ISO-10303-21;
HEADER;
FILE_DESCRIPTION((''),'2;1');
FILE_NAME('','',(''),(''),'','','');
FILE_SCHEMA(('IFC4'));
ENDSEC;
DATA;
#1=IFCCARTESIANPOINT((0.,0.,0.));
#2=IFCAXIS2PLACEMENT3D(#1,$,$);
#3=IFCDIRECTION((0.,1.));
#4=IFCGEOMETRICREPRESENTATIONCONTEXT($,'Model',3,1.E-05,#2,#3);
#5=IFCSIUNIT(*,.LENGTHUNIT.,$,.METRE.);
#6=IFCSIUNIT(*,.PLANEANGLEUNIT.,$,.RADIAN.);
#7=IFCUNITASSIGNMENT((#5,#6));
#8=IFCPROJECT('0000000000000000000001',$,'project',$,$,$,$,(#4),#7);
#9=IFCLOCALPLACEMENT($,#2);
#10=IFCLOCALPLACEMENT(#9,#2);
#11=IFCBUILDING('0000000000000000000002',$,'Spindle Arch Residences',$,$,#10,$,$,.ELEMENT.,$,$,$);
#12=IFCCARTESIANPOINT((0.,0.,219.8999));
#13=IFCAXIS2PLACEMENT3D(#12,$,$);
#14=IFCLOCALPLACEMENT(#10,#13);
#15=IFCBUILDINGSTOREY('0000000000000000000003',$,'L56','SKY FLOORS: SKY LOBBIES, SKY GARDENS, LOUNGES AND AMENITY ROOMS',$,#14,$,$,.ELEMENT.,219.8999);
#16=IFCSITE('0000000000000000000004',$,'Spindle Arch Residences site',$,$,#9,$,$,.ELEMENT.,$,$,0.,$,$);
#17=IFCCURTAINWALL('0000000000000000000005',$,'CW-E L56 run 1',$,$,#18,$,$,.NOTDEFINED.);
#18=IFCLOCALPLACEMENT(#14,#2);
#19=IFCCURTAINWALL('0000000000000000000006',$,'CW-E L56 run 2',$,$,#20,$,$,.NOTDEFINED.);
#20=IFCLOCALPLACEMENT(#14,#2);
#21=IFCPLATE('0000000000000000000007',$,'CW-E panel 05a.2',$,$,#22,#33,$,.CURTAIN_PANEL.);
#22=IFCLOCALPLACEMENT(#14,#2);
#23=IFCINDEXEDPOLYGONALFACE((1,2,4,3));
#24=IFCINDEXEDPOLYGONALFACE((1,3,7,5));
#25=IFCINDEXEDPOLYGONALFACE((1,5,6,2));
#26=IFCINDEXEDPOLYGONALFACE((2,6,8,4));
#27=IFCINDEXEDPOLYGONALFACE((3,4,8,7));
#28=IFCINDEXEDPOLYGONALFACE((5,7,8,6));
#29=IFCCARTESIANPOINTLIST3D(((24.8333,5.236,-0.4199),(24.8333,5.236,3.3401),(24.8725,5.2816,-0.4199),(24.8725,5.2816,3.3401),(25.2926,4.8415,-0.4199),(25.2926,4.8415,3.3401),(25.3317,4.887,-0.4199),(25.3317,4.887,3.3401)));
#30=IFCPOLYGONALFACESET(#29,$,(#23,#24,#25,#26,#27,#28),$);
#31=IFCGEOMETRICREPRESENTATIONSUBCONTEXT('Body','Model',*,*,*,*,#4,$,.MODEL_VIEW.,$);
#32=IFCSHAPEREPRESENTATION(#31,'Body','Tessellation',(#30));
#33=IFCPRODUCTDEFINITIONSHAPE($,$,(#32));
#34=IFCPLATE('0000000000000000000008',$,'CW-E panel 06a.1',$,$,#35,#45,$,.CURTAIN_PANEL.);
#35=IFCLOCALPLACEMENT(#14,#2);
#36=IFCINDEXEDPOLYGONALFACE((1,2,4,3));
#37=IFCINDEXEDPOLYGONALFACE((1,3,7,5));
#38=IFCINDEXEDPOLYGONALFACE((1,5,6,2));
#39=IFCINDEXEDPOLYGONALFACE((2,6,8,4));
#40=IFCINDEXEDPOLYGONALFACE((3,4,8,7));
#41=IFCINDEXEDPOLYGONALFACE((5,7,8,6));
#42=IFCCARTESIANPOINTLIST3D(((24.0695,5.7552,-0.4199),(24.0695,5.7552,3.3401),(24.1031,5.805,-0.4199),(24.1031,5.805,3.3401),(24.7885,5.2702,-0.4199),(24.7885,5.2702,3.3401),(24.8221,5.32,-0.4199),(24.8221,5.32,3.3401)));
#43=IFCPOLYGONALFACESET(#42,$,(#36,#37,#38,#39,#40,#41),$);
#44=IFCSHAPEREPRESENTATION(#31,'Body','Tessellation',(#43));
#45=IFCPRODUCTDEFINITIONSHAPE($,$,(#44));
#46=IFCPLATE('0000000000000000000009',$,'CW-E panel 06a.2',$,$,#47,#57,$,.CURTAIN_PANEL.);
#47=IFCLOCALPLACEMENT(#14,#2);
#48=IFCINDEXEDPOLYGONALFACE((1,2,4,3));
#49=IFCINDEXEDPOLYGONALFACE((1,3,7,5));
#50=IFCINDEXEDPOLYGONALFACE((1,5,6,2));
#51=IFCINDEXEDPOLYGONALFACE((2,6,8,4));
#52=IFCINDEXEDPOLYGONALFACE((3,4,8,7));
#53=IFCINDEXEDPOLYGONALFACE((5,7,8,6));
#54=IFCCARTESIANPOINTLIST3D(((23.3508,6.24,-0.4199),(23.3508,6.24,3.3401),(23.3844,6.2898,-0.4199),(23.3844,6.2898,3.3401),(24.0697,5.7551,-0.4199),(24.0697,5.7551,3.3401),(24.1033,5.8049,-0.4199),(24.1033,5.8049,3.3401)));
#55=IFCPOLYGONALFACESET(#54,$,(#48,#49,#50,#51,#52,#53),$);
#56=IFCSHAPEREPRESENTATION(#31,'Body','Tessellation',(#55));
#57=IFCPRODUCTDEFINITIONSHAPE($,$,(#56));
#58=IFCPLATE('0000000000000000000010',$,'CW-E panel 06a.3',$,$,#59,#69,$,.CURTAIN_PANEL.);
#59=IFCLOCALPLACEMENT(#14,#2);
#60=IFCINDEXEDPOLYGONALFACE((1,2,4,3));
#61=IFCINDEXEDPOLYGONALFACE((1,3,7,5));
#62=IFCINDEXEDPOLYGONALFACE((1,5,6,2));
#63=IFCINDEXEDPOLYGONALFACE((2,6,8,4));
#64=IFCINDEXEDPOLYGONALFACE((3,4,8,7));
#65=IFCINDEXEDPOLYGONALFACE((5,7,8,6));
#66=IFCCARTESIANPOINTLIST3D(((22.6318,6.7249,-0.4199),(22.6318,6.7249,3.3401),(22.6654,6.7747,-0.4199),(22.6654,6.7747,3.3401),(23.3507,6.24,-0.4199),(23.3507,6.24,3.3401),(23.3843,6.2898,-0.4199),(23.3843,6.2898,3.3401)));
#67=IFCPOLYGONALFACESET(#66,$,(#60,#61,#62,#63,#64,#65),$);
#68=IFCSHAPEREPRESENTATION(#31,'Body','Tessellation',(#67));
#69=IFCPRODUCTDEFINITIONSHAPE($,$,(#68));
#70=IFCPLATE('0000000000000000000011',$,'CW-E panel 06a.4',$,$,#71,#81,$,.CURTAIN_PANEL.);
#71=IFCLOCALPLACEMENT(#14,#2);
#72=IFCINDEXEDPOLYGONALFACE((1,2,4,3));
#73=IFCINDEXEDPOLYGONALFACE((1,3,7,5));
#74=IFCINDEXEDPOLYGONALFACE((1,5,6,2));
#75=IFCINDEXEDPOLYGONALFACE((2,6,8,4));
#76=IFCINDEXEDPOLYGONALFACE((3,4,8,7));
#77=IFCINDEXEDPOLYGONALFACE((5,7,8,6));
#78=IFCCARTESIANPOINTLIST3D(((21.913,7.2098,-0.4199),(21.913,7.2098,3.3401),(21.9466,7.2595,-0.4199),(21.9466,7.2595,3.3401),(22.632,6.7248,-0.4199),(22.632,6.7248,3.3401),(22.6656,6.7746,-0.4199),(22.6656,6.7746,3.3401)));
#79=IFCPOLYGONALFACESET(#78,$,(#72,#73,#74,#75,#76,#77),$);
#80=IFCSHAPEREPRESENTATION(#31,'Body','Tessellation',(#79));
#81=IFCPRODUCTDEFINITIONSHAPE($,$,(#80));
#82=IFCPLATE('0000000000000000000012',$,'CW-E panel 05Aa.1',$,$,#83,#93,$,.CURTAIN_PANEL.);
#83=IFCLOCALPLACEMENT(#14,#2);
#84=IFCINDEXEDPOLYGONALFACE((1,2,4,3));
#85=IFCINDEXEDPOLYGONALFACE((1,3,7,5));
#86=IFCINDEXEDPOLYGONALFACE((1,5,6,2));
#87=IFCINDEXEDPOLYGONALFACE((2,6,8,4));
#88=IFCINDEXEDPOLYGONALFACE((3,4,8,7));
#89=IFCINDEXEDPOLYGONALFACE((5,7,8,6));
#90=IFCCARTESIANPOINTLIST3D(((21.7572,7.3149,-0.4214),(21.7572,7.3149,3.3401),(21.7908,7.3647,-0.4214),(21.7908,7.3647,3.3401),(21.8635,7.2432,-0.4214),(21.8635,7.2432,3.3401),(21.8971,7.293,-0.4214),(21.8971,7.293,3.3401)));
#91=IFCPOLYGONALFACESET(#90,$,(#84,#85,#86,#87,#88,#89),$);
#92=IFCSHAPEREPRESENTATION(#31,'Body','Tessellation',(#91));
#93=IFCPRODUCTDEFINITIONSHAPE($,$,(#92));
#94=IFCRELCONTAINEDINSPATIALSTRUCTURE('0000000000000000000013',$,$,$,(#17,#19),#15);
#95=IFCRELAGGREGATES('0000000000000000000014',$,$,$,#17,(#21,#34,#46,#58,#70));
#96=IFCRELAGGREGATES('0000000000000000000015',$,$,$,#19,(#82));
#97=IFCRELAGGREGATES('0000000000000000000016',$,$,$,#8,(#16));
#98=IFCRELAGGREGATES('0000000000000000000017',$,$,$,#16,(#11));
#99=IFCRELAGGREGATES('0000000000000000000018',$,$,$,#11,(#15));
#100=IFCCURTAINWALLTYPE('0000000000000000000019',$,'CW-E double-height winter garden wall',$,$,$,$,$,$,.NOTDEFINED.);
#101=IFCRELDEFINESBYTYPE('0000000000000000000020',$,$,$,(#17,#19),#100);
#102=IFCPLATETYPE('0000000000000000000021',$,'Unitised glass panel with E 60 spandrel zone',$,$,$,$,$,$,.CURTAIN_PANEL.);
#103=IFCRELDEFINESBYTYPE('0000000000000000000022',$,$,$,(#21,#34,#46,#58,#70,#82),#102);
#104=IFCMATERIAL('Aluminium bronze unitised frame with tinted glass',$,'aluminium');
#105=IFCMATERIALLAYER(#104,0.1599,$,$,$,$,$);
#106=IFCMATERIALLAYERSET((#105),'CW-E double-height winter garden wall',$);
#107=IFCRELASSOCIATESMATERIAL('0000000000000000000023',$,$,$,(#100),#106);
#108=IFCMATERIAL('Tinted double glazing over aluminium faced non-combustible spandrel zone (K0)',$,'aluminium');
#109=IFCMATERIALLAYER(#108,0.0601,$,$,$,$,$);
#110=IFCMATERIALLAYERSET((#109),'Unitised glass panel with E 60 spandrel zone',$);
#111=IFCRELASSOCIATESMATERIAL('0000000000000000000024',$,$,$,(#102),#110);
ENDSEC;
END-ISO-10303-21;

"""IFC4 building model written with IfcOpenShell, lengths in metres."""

from ifc_helpers import new_model, si_unit, direction, frame, origin, origin_2d, place, context, subcontext, project, spatial, rectangle, extrude, material, layer, layer_set, type_object, element, aggregate, save


model = new_model("IFC4")

# Units and contexts
model_context = context("Model", 3, precision=1e-05, world=origin(), true_north=direction((0.0, 1.0)))
body_context = subcontext(model_context, "Body", "Model", "MODEL_VIEW")
ifc_project = project(units=[si_unit("LENGTHUNIT", "METRE"), si_unit("PLANEANGLEUNIT", "RADIAN")], contexts=[model_context])

# Site, building, storey
site_placement = place(None, origin())
site = spatial("IfcSite", under=ifc_project, at=site_placement, Name="Spindle Arch Residences site", CompositionType="ELEMENT", RefElevation=0.0)
building_placement = place(site_placement, origin())
building = spatial("IfcBuilding", under=site, at=building_placement, Name="Spindle Arch Residences", CompositionType="ELEMENT")
storey_placement = place(building_placement, frame((0.0, 0.0, 219.8999)))
storey = spatial("IfcBuildingStorey", under=building, at=storey_placement, Name="L56", Description="SKY FLOORS: SKY LOBBIES, SKY GARDENS, LOUNGES AND AMENITY ROOMS", CompositionType="ELEMENT", Elevation=219.8999)

# Curtain walls
ifc_material_1 = material(Name="Aluminium bronze unitised frame with tinted glass", Category="aluminium")
ifc_layer_1 = layer(ifc_material_1, 0.1599)
ifc_layer_set_1 = layer_set([ifc_layer_1], Name="CW-E double-height winter garden wall")
curtain_wall_type = type_object("IfcCurtainWallType", Name="CW-E double-height winter garden wall", PredefinedType="NOTDEFINED", material=ifc_layer_set_1)
curtain_wall_1_placement = place(storey_placement, origin())
curtain_wall_1 = element("IfcCurtainWall", 1, at=curtain_wall_1_placement, inside=storey, type_object=curtain_wall_type, Name="CW-E L56 run 1", PredefinedType="NOTDEFINED")
curtain_wall_2_placement = place(storey_placement, origin())
curtain_wall_2 = element("IfcCurtainWall", 2, at=curtain_wall_2_placement, inside=storey, type_object=curtain_wall_type, Name="CW-E L56 run 2", PredefinedType="NOTDEFINED")

# Plates
ifc_material_2 = material(Name="Tinted double glazing over aluminium faced non-combustible spandrel zone (K0)", Category="aluminium")
ifc_layer_2 = layer(ifc_material_2, 0.0601)
ifc_layer_set_2 = layer_set([ifc_layer_2], Name="Unitised glass panel with E 60 spandrel zone")
plate_type_1 = type_object("IfcPlateType", Name="Unitised glass panel with E 60 spandrel zone", PredefinedType="CURTAIN_PANEL", material=ifc_layer_set_2)
plate_1_placement = place(storey_placement, frame((25.0825, 5.0615, -0.4199), z_axis=(0.0, 0.0, 1.0), x_axis=(-0.758514, 0.651657, 0.0)))
plate_1 = element("IfcPlate", 3, at=plate_1_placement, type_object=plate_type_1, Name="CW-E panel 05a.2", PredefinedType="CURTAIN_PANEL", context=body_context, shape_type="SweptSolid", body=[
    extrude(rectangle(XDim=0.6055, YDim=0.0601, at=origin_2d()), origin(), (0.0, 0.0, 1.0), 3.76),
])
plate_2_placement = place(storey_placement, frame((24.4458, 5.5376, -0.4199), z_axis=(0.0, 0.0, 1.0), x_axis=(-0.829038, 0.559193, 0.0)))
plate_2 = element("IfcPlate", 4, at=plate_2_placement, type_object=plate_type_1, Name="CW-E panel 06a.1", PredefinedType="CURTAIN_PANEL", context=body_context, shape_type="SweptSolid", body=[
    extrude(rectangle(XDim=0.8672, YDim=0.0601, at=origin_2d()), origin(), (0.0, 0.0, 1.0), 3.76),
])
plate_3_placement = place(storey_placement, frame((23.7271, 6.0225, -0.4199), z_axis=(0.0, 0.0, 1.0), x_axis=(-0.829038, 0.559193, 0.0)))
plate_3 = element("IfcPlate", 5, at=plate_3_placement, type_object=plate_type_1, Name="CW-E panel 06a.2", PredefinedType="CURTAIN_PANEL", context=body_context, shape_type="SweptSolid", body=[
    extrude(rectangle(XDim=0.8672, YDim=0.0601, at=origin_2d()), origin(), (0.0, 0.0, 1.0), 3.76),
])
plate_4_placement = place(storey_placement, frame((23.0081, 6.5073, -0.4199), z_axis=(0.0, 0.0, 1.0), x_axis=(-0.829038, 0.559193, 0.0)))
plate_4 = element("IfcPlate", 6, at=plate_4_placement, type_object=plate_type_1, Name="CW-E panel 06a.3", PredefinedType="CURTAIN_PANEL", context=body_context, shape_type="SweptSolid", body=[
    extrude(rectangle(XDim=0.8672, YDim=0.0601, at=origin_2d()), origin(), (0.0, 0.0, 1.0), 3.76),
])
plate_5_placement = place(storey_placement, frame((22.2893, 6.9922, -0.4199), z_axis=(0.0, 0.0, 1.0), x_axis=(-0.829038, 0.559193, 0.0)))
plate_5 = element("IfcPlate", 7, at=plate_5_placement, type_object=plate_type_1, Name="CW-E panel 06a.4", PredefinedType="CURTAIN_PANEL", context=body_context, shape_type="SweptSolid", body=[
    extrude(rectangle(XDim=0.8672, YDim=0.0601, at=origin_2d()), origin(), (0.0, 0.0, 1.0), 3.76),
])
aggregate(curtain_wall_1, [plate_1, plate_2, plate_3, plate_4, plate_5])
plate_6_placement = place(storey_placement, frame((21.8271, 7.304, -0.4214), z_axis=(0.0, 0.0, 1.0), x_axis=(-0.829038, 0.559193, 0.0)))
plate_6 = element("IfcPlate", 8, at=plate_6_placement, type_object=plate_type_1, Name="CW-E panel 05Aa.1", PredefinedType="CURTAIN_PANEL", context=body_context, shape_type="SweptSolid", body=[
    extrude(rectangle(XDim=0.1282, YDim=0.0601, at=origin_2d()), origin(), (0.0, 0.0, 1.0), 3.7615),
])
aggregate(curtain_wall_2, [plate_6])

save(model, "model.ifc")
